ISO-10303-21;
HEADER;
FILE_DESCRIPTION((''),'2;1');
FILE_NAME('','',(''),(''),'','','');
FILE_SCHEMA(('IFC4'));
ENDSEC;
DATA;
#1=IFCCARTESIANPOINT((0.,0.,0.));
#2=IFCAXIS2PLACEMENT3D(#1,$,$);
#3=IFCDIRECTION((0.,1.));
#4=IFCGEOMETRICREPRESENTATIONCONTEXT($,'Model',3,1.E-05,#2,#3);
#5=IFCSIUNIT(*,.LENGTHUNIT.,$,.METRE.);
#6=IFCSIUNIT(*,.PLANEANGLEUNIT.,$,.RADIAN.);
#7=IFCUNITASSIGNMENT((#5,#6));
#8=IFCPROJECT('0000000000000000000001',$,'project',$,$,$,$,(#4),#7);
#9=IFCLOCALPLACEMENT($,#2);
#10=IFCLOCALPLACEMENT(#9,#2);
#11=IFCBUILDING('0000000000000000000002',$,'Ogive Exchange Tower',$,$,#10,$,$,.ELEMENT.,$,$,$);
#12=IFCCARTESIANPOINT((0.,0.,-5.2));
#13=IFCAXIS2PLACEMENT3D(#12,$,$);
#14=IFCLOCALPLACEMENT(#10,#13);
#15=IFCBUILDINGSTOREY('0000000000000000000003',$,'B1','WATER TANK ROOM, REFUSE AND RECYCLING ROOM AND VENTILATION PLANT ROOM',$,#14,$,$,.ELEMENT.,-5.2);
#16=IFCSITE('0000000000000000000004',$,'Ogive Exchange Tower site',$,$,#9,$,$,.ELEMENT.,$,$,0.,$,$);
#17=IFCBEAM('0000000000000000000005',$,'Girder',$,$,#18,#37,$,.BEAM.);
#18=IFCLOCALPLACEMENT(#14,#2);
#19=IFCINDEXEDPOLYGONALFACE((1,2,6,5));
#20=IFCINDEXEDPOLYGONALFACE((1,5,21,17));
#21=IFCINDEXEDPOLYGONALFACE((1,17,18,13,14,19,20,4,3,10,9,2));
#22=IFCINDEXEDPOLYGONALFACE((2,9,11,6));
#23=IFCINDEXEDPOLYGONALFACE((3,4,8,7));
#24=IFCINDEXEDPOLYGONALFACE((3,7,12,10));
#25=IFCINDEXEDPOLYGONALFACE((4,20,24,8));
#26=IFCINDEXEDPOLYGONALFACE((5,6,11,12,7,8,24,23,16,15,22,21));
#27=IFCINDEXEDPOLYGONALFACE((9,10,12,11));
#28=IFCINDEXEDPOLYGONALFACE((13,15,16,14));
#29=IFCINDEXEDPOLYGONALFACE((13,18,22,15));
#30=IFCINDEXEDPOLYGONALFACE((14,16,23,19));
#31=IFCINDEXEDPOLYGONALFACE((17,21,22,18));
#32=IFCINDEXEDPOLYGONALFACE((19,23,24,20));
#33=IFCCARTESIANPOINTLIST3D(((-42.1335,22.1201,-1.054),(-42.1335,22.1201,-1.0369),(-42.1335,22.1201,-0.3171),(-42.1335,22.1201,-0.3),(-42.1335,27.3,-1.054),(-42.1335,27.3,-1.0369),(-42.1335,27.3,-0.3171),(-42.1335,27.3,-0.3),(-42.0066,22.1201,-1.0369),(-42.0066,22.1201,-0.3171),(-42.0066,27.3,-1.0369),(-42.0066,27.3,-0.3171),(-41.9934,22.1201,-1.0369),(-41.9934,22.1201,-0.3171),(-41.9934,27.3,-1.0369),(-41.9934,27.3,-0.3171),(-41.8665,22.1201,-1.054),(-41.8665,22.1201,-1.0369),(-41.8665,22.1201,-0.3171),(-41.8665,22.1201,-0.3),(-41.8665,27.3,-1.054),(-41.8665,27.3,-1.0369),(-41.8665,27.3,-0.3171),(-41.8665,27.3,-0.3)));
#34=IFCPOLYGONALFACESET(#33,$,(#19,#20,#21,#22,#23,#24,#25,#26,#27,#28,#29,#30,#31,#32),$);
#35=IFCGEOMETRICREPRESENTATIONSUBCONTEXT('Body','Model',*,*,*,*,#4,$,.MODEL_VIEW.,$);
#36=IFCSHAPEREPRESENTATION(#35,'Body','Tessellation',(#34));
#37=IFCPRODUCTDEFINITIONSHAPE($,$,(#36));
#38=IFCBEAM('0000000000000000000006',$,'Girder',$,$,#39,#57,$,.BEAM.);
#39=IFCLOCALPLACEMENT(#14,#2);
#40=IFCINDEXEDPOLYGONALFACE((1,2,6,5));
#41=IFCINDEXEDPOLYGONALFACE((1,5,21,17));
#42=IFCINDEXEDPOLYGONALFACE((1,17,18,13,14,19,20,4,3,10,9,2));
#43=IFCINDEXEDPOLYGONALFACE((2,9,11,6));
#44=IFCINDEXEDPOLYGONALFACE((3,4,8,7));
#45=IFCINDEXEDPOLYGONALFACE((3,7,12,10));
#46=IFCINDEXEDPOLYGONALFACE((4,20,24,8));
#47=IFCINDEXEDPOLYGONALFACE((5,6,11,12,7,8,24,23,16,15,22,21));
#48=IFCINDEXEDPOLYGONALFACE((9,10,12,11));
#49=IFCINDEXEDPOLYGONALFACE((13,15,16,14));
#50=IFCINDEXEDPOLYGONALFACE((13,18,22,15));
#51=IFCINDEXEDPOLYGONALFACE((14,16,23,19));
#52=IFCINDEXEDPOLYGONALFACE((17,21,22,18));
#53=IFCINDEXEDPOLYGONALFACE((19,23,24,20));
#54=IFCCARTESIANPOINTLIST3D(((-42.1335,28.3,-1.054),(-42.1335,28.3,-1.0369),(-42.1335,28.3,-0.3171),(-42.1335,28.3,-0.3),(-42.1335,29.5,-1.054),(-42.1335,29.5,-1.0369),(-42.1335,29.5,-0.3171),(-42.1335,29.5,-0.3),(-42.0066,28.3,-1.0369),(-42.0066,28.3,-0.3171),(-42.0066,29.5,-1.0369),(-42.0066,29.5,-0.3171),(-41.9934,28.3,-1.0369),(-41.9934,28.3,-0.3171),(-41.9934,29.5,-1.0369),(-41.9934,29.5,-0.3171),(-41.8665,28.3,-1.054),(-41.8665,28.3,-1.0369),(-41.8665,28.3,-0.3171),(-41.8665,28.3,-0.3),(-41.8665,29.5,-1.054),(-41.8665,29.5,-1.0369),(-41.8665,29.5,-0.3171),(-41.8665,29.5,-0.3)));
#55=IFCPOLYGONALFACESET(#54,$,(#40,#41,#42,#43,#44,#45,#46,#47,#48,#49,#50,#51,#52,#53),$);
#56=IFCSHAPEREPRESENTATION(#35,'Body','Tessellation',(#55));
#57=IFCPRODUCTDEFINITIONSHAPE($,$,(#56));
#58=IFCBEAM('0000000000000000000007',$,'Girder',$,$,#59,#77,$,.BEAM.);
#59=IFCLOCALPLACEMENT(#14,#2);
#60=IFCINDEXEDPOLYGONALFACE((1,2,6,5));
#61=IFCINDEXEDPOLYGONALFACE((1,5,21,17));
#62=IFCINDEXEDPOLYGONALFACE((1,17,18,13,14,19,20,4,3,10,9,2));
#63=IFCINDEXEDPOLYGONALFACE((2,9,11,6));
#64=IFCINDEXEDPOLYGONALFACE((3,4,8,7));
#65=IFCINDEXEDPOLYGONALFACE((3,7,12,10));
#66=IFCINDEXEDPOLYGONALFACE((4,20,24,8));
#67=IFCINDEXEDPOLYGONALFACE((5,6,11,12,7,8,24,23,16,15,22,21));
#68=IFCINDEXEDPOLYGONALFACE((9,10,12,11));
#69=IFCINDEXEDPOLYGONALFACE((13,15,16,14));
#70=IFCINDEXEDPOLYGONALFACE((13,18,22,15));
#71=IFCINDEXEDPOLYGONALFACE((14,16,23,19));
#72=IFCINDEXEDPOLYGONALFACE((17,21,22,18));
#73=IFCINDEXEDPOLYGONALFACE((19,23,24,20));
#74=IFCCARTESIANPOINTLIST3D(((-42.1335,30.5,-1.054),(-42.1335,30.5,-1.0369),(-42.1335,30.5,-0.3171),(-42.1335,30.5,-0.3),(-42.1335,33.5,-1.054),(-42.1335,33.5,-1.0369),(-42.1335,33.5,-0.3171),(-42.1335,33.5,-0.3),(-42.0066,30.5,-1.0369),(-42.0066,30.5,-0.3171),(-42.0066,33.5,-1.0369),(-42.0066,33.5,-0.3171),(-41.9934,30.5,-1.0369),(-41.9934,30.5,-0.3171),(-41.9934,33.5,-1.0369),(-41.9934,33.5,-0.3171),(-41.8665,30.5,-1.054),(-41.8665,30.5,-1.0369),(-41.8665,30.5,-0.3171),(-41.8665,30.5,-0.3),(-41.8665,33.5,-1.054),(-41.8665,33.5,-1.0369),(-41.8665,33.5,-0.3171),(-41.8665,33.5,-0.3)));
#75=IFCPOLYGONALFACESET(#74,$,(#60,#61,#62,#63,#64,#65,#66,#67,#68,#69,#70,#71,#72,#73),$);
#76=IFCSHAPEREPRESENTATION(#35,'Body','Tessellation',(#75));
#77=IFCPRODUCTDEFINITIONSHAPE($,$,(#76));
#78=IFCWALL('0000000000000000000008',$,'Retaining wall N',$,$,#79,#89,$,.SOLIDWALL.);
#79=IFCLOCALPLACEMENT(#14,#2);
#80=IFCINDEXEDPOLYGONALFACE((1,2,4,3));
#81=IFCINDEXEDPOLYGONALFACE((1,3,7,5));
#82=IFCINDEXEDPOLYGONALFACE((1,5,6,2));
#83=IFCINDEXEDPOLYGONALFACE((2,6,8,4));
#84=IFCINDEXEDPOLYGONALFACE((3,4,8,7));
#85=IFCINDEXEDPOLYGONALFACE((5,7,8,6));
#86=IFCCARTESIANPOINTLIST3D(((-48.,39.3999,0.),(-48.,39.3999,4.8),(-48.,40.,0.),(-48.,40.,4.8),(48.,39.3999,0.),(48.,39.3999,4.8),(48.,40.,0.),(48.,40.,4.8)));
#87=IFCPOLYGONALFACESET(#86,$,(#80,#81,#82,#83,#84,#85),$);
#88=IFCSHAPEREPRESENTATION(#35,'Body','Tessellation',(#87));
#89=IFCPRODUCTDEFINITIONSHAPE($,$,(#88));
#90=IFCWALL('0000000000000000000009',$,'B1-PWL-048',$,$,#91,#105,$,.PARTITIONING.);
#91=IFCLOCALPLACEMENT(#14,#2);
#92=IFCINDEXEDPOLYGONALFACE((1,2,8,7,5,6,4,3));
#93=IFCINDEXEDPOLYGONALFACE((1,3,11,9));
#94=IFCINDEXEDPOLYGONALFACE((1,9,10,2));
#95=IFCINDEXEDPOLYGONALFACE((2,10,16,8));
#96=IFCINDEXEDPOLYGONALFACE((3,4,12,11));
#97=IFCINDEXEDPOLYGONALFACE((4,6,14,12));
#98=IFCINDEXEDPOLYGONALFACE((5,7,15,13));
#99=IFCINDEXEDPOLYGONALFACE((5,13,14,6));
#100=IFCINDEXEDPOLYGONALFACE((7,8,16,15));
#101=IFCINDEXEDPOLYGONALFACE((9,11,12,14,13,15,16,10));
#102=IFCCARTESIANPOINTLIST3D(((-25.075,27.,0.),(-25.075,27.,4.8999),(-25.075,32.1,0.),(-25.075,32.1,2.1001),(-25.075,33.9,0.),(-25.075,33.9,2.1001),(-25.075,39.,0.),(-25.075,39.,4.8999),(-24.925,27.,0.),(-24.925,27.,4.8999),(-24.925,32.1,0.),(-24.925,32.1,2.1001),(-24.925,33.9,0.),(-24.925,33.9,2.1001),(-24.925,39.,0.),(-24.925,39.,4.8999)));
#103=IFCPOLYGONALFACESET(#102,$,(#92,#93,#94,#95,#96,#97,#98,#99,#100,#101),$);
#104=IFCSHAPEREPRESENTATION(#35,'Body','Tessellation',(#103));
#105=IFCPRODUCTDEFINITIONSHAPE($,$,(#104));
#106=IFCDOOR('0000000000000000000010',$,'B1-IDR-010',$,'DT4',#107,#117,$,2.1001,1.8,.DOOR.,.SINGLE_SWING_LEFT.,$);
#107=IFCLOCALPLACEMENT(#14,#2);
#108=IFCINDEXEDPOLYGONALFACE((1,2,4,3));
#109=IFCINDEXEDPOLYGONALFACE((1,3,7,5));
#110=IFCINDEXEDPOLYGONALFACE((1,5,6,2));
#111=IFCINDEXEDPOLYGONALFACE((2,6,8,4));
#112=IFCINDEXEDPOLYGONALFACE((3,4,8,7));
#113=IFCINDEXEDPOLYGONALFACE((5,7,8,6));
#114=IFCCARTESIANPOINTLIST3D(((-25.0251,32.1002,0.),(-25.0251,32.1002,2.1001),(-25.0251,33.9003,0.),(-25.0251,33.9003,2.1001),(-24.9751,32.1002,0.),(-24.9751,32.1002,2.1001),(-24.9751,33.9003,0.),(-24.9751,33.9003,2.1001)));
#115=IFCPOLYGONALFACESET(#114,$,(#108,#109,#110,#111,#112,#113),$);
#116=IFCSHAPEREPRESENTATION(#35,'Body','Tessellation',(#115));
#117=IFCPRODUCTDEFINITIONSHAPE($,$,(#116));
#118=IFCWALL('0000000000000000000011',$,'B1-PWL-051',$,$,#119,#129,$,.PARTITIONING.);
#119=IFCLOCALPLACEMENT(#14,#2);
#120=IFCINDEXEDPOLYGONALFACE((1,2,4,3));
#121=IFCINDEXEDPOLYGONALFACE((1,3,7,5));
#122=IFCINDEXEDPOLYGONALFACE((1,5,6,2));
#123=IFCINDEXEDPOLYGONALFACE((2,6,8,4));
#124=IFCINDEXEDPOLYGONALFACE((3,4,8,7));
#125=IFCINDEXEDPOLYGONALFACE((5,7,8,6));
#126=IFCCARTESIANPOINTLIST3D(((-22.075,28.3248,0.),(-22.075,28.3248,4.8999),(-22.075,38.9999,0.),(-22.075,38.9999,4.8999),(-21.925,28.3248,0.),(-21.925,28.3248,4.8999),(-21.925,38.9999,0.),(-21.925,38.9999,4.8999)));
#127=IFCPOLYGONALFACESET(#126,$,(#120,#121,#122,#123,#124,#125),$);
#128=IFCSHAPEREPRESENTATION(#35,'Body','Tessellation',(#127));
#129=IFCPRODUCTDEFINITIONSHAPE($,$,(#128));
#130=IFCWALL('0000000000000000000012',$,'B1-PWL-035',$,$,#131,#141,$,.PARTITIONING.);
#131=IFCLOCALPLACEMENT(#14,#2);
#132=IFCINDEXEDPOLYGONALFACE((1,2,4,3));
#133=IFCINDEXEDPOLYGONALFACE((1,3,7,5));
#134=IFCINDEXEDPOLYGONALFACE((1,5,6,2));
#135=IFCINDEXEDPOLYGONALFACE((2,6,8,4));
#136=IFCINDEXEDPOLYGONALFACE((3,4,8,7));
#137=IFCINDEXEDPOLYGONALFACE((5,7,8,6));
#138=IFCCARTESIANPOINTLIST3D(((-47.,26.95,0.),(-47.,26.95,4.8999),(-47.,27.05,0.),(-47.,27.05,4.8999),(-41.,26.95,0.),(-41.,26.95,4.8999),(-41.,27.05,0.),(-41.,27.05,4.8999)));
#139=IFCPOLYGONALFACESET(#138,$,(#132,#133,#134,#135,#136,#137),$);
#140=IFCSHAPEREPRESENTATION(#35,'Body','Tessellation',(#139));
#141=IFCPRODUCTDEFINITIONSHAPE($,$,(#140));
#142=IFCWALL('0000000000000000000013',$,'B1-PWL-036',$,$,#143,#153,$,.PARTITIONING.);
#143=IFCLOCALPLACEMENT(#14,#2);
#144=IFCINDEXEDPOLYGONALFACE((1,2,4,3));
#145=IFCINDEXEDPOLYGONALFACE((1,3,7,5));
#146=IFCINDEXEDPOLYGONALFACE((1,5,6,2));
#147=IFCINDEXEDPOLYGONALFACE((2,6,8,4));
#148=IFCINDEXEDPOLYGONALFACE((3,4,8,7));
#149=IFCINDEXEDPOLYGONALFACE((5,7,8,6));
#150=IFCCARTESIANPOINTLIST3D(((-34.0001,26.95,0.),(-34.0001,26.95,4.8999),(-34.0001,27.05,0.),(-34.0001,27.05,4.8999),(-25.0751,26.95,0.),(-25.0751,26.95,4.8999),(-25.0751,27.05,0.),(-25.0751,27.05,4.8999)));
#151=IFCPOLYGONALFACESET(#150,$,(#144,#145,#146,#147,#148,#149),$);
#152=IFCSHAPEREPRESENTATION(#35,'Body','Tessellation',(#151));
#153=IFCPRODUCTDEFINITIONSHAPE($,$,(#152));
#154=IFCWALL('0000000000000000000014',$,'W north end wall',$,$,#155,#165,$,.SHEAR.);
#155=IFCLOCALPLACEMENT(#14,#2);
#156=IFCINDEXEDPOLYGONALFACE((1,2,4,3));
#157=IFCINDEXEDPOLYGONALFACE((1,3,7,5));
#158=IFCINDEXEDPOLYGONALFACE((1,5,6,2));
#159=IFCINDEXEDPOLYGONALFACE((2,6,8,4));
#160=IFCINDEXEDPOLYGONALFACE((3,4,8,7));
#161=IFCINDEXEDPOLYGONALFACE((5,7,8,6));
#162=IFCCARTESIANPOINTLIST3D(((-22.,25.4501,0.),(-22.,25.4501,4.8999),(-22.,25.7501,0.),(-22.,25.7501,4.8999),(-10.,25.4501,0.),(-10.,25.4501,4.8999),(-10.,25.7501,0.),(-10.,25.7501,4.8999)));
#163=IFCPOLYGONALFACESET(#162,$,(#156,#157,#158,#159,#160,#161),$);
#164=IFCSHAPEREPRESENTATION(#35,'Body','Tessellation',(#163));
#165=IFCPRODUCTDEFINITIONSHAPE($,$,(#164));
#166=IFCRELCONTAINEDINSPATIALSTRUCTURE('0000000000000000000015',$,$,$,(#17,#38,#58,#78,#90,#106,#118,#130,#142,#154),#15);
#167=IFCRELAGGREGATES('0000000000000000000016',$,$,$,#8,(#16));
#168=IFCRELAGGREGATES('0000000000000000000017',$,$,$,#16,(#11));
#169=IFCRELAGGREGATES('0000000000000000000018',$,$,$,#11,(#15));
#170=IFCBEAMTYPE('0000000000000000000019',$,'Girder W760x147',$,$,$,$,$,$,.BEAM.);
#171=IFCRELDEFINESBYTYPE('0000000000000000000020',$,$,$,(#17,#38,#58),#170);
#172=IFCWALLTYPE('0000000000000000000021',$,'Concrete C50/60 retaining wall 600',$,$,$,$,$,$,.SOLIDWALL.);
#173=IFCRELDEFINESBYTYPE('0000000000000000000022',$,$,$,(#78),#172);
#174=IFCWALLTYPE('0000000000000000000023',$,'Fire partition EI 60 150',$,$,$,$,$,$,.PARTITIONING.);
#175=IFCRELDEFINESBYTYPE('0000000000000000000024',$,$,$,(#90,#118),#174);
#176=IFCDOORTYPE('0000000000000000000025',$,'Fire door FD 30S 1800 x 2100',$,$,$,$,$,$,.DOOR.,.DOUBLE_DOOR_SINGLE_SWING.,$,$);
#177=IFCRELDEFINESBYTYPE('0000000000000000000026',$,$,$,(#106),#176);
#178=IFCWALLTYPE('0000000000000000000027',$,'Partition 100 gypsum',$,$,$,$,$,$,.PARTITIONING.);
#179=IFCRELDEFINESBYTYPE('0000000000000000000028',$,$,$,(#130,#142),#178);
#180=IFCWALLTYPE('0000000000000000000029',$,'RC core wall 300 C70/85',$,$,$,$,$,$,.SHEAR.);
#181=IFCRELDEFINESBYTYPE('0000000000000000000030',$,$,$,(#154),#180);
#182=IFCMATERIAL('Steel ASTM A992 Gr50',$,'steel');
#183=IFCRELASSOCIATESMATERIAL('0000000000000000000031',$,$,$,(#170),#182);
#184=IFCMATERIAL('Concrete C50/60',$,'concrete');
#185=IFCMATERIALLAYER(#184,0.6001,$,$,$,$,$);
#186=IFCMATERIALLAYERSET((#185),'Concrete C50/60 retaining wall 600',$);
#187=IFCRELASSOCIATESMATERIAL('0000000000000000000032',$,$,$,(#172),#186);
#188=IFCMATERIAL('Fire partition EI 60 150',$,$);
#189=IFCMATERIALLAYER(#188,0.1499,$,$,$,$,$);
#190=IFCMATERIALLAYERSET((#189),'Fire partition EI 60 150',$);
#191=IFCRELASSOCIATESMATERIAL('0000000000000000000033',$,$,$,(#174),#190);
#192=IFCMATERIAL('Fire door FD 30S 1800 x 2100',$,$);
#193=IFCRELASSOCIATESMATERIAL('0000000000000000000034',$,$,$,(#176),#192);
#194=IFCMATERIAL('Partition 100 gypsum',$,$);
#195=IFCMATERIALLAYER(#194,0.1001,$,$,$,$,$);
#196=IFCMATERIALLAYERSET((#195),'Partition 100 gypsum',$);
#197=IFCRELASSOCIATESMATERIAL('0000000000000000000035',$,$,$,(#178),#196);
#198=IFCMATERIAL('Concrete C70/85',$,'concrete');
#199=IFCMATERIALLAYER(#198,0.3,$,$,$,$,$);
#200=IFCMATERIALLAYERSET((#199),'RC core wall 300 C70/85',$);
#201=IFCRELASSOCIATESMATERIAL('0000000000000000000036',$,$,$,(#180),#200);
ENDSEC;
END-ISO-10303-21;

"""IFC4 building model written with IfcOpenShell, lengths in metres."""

from ifc_helpers import new_model, si_unit, direction, frame, frame_2d, origin, origin_2d, place, context, subcontext, project, spatial, rectangle, i_section, extrude, material, layer, layer_set, material_profile, profile_set, type_object, element, fill, save


model = new_model("IFC4")

# Units and contexts
model_context = context("Model", 3, precision=1e-05, world=origin(), true_north=direction((0.0, 1.0)))
body_context = subcontext(model_context, "Body", "Model", "MODEL_VIEW")
ifc_project = project(units=[si_unit("LENGTHUNIT", "METRE"), si_unit("PLANEANGLEUNIT", "RADIAN")], contexts=[model_context])

# Site, building, storey
site_placement = place(None, origin())
site = spatial("IfcSite", under=ifc_project, at=site_placement, Name="Ogive Exchange Tower site", CompositionType="ELEMENT", RefElevation=0.0)
building_placement = place(site_placement, origin())
building = spatial("IfcBuilding", under=site, at=building_placement, Name="Ogive Exchange Tower", CompositionType="ELEMENT")
storey_placement = place(building_placement, frame((0.0, 0.0, -5.2)))
storey = spatial("IfcBuildingStorey", under=building, at=storey_placement, Name="B1", Description="WATER TANK ROOM, REFUSE AND RECYCLING ROOM AND VENTILATION PLANT ROOM", CompositionType="ELEMENT", Elevation=-5.2)

# Shared definitions
ifc_material_1 = material(Name="Concrete C70/85", Category="concrete")

# Beams
ifc_material_2 = material(Name="Steel ASTM A992 Gr50", Category="steel")
ifc_material_profile_1 = material_profile(ifc_material_2, i_section(OverallWidth=0.2671, OverallDepth=0.7539, WebThickness=0.0132, FlangeThickness=0.0171, at=origin_2d()), Name="W760x147")
ifc_profile_set_1 = profile_set([ifc_material_profile_1], Name="Steel ASTM A992 Gr50")
beam_type_1 = type_object("IfcBeamType", Name="Girder W760x147", PredefinedType="BEAM", material=ifc_profile_set_1)
beam_1_placement = place(storey_placement, frame((-42.0, 22.1201, -0.677), z_axis=(0.0, 1.0, 0.0), x_axis=(-1.0, 0.0, 0.0)))
element("IfcBeam", 1, at=beam_1_placement, inside=storey, type_object=beam_type_1, Name="Girder", PredefinedType="BEAM", context=body_context, shape_type="SweptSolid", body=[
    extrude(i_section(OverallWidth=0.2671, OverallDepth=0.7539, WebThickness=0.0132, FlangeThickness=0.0171, at=origin_2d()), origin(), (0.0, 0.0, 1.0), 5.1799),
])
beam_2_placement = place(storey_placement, frame((-42.0, 28.3, -0.677), z_axis=(0.0, 1.0, 0.0), x_axis=(-1.0, 0.0, 0.0)))
element("IfcBeam", 2, at=beam_2_placement, inside=storey, type_object=beam_type_1, Name="Girder", PredefinedType="BEAM", context=body_context, shape_type="SweptSolid", body=[
    extrude(i_section(OverallWidth=0.2671, OverallDepth=0.7539, WebThickness=0.0132, FlangeThickness=0.0171, at=origin_2d()), origin(), (0.0, 0.0, 1.0), 1.2),
])
beam_3_placement = place(storey_placement, frame((-42.0, 30.5, -0.677), z_axis=(0.0, 1.0, 0.0), x_axis=(-1.0, 0.0, 0.0)))
element("IfcBeam", 3, at=beam_3_placement, inside=storey, type_object=beam_type_1, Name="Girder", PredefinedType="BEAM", context=body_context, shape_type="SweptSolid", body=[
    extrude(i_section(OverallWidth=0.2671, OverallDepth=0.7539, WebThickness=0.0132, FlangeThickness=0.0171, at=origin_2d()), origin(), (0.0, 0.0, 1.0), 3.0),
])

# Wall
ifc_material_3 = material(Name="Concrete C50/60", Category="concrete")
ifc_layer_1 = layer(ifc_material_3, 0.6001)
ifc_layer_set_1 = layer_set([ifc_layer_1], Name="Concrete C50/60 retaining wall 600")
wall_type_1 = type_object("IfcWallType", Name="Concrete C50/60 retaining wall 600", PredefinedType="SOLIDWALL", material=ifc_layer_set_1)
wall_1_placement = place(storey_placement, frame((-48.0, 39.7, 0.0), z_axis=(0.0, 0.0, 1.0), x_axis=(1.0, 0.0, 0.0)))
element("IfcWall", 4, at=wall_1_placement, inside=storey, type_object=wall_type_1, Name="Retaining wall N", PredefinedType="SOLIDWALL", context=body_context, shape_type="SweptSolid", body=[
    extrude(rectangle(XDim=96.0, YDim=0.6001, at=frame_2d((48.0, 0.0))), origin(), (0.0, 0.0, 1.0), 4.8),
])

# Wall, opening, door
ifc_material_4 = material(Name="Fire partition EI 60 150")
ifc_layer_2 = layer(ifc_material_4, 0.1499)
ifc_layer_set_2 = layer_set([ifc_layer_2], Name="Fire partition EI 60 150")
wall_type_2 = type_object("IfcWallType", Name="Fire partition EI 60 150", PredefinedType="PARTITIONING", material=ifc_layer_set_2)
wall_2_placement = place(storey_placement, frame((-25.0, 27.0, 0.0), z_axis=(0.0, 0.0, 1.0), x_axis=(0.0, 1.0, 0.0)))
wall_2 = element("IfcWall", 5, at=wall_2_placement, inside=storey, type_object=wall_type_2, Name="B1-PWL-048", PredefinedType="PARTITIONING", context=body_context, shape_type="SweptSolid", body=[
    extrude(rectangle(XDim=12.0, YDim=0.1499, at=frame_2d((6.0, 0.0))), origin(), (0.0, 0.0, 1.0), 4.8999),
])
opening_placement = place(wall_2_placement, frame((5.1001, 0.0, 0.0)))
opening = element("IfcOpeningElement", 6, at=opening_placement, cuts=wall_2, PredefinedType="OPENING", context=body_context, shape_type="SweptSolid", body=[
    extrude(rectangle(XDim=1.8, YDim=2.1001, at=frame_2d((0.8999, 1.05))), frame((0.0, 0.085, 0.0), z_axis=(0.0, -1.0, 0.0), x_axis=(1.0, 0.0, 0.0)), (0.0, 0.0, 1.0), 0.1699),
])
ifc_material_5 = material(Name="Fire door FD 30S 1800 x 2100")
door_type = type_object("IfcDoorType", Name="Fire door FD 30S 1800 x 2100", OperationType="DOUBLE_DOOR_SINGLE_SWING", PredefinedType="DOOR", material=ifc_material_5)
door_placement = place(opening_placement, frame((1.8, 0.0, 0.0), z_axis=(0.0, 0.0, 1.0), x_axis=(-1.0, 0.0, 0.0)))
door = element("IfcDoor", 7, at=door_placement, inside=storey, type_object=door_type, Name="B1-IDR-010", ObjectType="DT4", OperationType="SINGLE_SWING_LEFT", OverallHeight=2.1001, OverallWidth=1.8, PredefinedType="DOOR", context=body_context, shape_type="SweptSolid", body=[
    extrude(rectangle(XDim=1.8, YDim=2.1001, at=frame_2d((0.8999, 1.05))), frame((0.0, 0.0249, 0.0), z_axis=(0.0, -1.0, 0.0), x_axis=(1.0, 0.0, 0.0)), (0.0, 0.0, 1.0), 0.05),
])
fill(opening, door)

# Walls
wall_3_placement = place(storey_placement, frame((-22.0, 28.325, 0.0), z_axis=(0.0, 0.0, 1.0), x_axis=(0.0, 1.0, 0.0)))
element("IfcWall", 8, at=wall_3_placement, inside=storey, type_object=wall_type_2, Name="B1-PWL-051", PredefinedType="PARTITIONING", context=body_context, shape_type="SweptSolid", body=[
    extrude(rectangle(XDim=10.675, YDim=0.1499, at=frame_2d((5.3374, 0.0))), origin(), (0.0, 0.0, 1.0), 4.8999),
])
ifc_material_6 = material(Name="Partition 100 gypsum")
ifc_layer_3 = layer(ifc_material_6, 0.1001)
ifc_layer_set_3 = layer_set([ifc_layer_3], Name="Partition 100 gypsum")
wall_type_3 = type_object("IfcWallType", Name="Partition 100 gypsum", PredefinedType="PARTITIONING", material=ifc_layer_set_3)
wall_4_placement = place(storey_placement, frame((-47.0, 27.0, 0.0), z_axis=(0.0, 0.0, 1.0), x_axis=(1.0, 0.0, 0.0)))
element("IfcWall", 9, at=wall_4_placement, inside=storey, type_object=wall_type_3, Name="B1-PWL-035", PredefinedType="PARTITIONING", context=body_context, shape_type="SweptSolid", body=[
    extrude(rectangle(XDim=6.0, YDim=0.1001, at=frame_2d((3.0, 0.0))), origin(), (0.0, 0.0, 1.0), 4.8999),
])
wall_5_placement = place(storey_placement, frame((-34.0, 27.0, 0.0), z_axis=(0.0, 0.0, 1.0), x_axis=(1.0, 0.0, 0.0)))
element("IfcWall", 10, at=wall_5_placement, inside=storey, type_object=wall_type_3, Name="B1-PWL-036", PredefinedType="PARTITIONING", context=body_context, shape_type="SweptSolid", body=[
    extrude(rectangle(XDim=8.925, YDim=0.1001, at=frame_2d((4.4624, 0.0))), origin(), (0.0, 0.0, 1.0), 4.8999),
])
ifc_layer_4 = layer(ifc_material_1, 0.3)
ifc_layer_set_4 = layer_set([ifc_layer_4], Name="RC core wall 300 C70/85")
wall_type_4 = type_object("IfcWallType", Name="RC core wall 300 C70/85", PredefinedType="SHEAR", material=ifc_layer_set_4)
wall_6_placement = place(storey_placement, frame((-22.0, 25.6001, 0.0), z_axis=(0.0, 0.0, 1.0), x_axis=(1.0, 0.0, 0.0)))
element("IfcWall", 11, at=wall_6_placement, inside=storey, type_object=wall_type_4, Name="W north end wall", PredefinedType="SHEAR", context=body_context, shape_type="SweptSolid", body=[
    extrude(rectangle(XDim=12.0, YDim=0.3, at=frame_2d((6.0, 0.0))), origin(), (0.0, 0.0, 1.0), 4.8999),
])

save(model, "model.ifc")
